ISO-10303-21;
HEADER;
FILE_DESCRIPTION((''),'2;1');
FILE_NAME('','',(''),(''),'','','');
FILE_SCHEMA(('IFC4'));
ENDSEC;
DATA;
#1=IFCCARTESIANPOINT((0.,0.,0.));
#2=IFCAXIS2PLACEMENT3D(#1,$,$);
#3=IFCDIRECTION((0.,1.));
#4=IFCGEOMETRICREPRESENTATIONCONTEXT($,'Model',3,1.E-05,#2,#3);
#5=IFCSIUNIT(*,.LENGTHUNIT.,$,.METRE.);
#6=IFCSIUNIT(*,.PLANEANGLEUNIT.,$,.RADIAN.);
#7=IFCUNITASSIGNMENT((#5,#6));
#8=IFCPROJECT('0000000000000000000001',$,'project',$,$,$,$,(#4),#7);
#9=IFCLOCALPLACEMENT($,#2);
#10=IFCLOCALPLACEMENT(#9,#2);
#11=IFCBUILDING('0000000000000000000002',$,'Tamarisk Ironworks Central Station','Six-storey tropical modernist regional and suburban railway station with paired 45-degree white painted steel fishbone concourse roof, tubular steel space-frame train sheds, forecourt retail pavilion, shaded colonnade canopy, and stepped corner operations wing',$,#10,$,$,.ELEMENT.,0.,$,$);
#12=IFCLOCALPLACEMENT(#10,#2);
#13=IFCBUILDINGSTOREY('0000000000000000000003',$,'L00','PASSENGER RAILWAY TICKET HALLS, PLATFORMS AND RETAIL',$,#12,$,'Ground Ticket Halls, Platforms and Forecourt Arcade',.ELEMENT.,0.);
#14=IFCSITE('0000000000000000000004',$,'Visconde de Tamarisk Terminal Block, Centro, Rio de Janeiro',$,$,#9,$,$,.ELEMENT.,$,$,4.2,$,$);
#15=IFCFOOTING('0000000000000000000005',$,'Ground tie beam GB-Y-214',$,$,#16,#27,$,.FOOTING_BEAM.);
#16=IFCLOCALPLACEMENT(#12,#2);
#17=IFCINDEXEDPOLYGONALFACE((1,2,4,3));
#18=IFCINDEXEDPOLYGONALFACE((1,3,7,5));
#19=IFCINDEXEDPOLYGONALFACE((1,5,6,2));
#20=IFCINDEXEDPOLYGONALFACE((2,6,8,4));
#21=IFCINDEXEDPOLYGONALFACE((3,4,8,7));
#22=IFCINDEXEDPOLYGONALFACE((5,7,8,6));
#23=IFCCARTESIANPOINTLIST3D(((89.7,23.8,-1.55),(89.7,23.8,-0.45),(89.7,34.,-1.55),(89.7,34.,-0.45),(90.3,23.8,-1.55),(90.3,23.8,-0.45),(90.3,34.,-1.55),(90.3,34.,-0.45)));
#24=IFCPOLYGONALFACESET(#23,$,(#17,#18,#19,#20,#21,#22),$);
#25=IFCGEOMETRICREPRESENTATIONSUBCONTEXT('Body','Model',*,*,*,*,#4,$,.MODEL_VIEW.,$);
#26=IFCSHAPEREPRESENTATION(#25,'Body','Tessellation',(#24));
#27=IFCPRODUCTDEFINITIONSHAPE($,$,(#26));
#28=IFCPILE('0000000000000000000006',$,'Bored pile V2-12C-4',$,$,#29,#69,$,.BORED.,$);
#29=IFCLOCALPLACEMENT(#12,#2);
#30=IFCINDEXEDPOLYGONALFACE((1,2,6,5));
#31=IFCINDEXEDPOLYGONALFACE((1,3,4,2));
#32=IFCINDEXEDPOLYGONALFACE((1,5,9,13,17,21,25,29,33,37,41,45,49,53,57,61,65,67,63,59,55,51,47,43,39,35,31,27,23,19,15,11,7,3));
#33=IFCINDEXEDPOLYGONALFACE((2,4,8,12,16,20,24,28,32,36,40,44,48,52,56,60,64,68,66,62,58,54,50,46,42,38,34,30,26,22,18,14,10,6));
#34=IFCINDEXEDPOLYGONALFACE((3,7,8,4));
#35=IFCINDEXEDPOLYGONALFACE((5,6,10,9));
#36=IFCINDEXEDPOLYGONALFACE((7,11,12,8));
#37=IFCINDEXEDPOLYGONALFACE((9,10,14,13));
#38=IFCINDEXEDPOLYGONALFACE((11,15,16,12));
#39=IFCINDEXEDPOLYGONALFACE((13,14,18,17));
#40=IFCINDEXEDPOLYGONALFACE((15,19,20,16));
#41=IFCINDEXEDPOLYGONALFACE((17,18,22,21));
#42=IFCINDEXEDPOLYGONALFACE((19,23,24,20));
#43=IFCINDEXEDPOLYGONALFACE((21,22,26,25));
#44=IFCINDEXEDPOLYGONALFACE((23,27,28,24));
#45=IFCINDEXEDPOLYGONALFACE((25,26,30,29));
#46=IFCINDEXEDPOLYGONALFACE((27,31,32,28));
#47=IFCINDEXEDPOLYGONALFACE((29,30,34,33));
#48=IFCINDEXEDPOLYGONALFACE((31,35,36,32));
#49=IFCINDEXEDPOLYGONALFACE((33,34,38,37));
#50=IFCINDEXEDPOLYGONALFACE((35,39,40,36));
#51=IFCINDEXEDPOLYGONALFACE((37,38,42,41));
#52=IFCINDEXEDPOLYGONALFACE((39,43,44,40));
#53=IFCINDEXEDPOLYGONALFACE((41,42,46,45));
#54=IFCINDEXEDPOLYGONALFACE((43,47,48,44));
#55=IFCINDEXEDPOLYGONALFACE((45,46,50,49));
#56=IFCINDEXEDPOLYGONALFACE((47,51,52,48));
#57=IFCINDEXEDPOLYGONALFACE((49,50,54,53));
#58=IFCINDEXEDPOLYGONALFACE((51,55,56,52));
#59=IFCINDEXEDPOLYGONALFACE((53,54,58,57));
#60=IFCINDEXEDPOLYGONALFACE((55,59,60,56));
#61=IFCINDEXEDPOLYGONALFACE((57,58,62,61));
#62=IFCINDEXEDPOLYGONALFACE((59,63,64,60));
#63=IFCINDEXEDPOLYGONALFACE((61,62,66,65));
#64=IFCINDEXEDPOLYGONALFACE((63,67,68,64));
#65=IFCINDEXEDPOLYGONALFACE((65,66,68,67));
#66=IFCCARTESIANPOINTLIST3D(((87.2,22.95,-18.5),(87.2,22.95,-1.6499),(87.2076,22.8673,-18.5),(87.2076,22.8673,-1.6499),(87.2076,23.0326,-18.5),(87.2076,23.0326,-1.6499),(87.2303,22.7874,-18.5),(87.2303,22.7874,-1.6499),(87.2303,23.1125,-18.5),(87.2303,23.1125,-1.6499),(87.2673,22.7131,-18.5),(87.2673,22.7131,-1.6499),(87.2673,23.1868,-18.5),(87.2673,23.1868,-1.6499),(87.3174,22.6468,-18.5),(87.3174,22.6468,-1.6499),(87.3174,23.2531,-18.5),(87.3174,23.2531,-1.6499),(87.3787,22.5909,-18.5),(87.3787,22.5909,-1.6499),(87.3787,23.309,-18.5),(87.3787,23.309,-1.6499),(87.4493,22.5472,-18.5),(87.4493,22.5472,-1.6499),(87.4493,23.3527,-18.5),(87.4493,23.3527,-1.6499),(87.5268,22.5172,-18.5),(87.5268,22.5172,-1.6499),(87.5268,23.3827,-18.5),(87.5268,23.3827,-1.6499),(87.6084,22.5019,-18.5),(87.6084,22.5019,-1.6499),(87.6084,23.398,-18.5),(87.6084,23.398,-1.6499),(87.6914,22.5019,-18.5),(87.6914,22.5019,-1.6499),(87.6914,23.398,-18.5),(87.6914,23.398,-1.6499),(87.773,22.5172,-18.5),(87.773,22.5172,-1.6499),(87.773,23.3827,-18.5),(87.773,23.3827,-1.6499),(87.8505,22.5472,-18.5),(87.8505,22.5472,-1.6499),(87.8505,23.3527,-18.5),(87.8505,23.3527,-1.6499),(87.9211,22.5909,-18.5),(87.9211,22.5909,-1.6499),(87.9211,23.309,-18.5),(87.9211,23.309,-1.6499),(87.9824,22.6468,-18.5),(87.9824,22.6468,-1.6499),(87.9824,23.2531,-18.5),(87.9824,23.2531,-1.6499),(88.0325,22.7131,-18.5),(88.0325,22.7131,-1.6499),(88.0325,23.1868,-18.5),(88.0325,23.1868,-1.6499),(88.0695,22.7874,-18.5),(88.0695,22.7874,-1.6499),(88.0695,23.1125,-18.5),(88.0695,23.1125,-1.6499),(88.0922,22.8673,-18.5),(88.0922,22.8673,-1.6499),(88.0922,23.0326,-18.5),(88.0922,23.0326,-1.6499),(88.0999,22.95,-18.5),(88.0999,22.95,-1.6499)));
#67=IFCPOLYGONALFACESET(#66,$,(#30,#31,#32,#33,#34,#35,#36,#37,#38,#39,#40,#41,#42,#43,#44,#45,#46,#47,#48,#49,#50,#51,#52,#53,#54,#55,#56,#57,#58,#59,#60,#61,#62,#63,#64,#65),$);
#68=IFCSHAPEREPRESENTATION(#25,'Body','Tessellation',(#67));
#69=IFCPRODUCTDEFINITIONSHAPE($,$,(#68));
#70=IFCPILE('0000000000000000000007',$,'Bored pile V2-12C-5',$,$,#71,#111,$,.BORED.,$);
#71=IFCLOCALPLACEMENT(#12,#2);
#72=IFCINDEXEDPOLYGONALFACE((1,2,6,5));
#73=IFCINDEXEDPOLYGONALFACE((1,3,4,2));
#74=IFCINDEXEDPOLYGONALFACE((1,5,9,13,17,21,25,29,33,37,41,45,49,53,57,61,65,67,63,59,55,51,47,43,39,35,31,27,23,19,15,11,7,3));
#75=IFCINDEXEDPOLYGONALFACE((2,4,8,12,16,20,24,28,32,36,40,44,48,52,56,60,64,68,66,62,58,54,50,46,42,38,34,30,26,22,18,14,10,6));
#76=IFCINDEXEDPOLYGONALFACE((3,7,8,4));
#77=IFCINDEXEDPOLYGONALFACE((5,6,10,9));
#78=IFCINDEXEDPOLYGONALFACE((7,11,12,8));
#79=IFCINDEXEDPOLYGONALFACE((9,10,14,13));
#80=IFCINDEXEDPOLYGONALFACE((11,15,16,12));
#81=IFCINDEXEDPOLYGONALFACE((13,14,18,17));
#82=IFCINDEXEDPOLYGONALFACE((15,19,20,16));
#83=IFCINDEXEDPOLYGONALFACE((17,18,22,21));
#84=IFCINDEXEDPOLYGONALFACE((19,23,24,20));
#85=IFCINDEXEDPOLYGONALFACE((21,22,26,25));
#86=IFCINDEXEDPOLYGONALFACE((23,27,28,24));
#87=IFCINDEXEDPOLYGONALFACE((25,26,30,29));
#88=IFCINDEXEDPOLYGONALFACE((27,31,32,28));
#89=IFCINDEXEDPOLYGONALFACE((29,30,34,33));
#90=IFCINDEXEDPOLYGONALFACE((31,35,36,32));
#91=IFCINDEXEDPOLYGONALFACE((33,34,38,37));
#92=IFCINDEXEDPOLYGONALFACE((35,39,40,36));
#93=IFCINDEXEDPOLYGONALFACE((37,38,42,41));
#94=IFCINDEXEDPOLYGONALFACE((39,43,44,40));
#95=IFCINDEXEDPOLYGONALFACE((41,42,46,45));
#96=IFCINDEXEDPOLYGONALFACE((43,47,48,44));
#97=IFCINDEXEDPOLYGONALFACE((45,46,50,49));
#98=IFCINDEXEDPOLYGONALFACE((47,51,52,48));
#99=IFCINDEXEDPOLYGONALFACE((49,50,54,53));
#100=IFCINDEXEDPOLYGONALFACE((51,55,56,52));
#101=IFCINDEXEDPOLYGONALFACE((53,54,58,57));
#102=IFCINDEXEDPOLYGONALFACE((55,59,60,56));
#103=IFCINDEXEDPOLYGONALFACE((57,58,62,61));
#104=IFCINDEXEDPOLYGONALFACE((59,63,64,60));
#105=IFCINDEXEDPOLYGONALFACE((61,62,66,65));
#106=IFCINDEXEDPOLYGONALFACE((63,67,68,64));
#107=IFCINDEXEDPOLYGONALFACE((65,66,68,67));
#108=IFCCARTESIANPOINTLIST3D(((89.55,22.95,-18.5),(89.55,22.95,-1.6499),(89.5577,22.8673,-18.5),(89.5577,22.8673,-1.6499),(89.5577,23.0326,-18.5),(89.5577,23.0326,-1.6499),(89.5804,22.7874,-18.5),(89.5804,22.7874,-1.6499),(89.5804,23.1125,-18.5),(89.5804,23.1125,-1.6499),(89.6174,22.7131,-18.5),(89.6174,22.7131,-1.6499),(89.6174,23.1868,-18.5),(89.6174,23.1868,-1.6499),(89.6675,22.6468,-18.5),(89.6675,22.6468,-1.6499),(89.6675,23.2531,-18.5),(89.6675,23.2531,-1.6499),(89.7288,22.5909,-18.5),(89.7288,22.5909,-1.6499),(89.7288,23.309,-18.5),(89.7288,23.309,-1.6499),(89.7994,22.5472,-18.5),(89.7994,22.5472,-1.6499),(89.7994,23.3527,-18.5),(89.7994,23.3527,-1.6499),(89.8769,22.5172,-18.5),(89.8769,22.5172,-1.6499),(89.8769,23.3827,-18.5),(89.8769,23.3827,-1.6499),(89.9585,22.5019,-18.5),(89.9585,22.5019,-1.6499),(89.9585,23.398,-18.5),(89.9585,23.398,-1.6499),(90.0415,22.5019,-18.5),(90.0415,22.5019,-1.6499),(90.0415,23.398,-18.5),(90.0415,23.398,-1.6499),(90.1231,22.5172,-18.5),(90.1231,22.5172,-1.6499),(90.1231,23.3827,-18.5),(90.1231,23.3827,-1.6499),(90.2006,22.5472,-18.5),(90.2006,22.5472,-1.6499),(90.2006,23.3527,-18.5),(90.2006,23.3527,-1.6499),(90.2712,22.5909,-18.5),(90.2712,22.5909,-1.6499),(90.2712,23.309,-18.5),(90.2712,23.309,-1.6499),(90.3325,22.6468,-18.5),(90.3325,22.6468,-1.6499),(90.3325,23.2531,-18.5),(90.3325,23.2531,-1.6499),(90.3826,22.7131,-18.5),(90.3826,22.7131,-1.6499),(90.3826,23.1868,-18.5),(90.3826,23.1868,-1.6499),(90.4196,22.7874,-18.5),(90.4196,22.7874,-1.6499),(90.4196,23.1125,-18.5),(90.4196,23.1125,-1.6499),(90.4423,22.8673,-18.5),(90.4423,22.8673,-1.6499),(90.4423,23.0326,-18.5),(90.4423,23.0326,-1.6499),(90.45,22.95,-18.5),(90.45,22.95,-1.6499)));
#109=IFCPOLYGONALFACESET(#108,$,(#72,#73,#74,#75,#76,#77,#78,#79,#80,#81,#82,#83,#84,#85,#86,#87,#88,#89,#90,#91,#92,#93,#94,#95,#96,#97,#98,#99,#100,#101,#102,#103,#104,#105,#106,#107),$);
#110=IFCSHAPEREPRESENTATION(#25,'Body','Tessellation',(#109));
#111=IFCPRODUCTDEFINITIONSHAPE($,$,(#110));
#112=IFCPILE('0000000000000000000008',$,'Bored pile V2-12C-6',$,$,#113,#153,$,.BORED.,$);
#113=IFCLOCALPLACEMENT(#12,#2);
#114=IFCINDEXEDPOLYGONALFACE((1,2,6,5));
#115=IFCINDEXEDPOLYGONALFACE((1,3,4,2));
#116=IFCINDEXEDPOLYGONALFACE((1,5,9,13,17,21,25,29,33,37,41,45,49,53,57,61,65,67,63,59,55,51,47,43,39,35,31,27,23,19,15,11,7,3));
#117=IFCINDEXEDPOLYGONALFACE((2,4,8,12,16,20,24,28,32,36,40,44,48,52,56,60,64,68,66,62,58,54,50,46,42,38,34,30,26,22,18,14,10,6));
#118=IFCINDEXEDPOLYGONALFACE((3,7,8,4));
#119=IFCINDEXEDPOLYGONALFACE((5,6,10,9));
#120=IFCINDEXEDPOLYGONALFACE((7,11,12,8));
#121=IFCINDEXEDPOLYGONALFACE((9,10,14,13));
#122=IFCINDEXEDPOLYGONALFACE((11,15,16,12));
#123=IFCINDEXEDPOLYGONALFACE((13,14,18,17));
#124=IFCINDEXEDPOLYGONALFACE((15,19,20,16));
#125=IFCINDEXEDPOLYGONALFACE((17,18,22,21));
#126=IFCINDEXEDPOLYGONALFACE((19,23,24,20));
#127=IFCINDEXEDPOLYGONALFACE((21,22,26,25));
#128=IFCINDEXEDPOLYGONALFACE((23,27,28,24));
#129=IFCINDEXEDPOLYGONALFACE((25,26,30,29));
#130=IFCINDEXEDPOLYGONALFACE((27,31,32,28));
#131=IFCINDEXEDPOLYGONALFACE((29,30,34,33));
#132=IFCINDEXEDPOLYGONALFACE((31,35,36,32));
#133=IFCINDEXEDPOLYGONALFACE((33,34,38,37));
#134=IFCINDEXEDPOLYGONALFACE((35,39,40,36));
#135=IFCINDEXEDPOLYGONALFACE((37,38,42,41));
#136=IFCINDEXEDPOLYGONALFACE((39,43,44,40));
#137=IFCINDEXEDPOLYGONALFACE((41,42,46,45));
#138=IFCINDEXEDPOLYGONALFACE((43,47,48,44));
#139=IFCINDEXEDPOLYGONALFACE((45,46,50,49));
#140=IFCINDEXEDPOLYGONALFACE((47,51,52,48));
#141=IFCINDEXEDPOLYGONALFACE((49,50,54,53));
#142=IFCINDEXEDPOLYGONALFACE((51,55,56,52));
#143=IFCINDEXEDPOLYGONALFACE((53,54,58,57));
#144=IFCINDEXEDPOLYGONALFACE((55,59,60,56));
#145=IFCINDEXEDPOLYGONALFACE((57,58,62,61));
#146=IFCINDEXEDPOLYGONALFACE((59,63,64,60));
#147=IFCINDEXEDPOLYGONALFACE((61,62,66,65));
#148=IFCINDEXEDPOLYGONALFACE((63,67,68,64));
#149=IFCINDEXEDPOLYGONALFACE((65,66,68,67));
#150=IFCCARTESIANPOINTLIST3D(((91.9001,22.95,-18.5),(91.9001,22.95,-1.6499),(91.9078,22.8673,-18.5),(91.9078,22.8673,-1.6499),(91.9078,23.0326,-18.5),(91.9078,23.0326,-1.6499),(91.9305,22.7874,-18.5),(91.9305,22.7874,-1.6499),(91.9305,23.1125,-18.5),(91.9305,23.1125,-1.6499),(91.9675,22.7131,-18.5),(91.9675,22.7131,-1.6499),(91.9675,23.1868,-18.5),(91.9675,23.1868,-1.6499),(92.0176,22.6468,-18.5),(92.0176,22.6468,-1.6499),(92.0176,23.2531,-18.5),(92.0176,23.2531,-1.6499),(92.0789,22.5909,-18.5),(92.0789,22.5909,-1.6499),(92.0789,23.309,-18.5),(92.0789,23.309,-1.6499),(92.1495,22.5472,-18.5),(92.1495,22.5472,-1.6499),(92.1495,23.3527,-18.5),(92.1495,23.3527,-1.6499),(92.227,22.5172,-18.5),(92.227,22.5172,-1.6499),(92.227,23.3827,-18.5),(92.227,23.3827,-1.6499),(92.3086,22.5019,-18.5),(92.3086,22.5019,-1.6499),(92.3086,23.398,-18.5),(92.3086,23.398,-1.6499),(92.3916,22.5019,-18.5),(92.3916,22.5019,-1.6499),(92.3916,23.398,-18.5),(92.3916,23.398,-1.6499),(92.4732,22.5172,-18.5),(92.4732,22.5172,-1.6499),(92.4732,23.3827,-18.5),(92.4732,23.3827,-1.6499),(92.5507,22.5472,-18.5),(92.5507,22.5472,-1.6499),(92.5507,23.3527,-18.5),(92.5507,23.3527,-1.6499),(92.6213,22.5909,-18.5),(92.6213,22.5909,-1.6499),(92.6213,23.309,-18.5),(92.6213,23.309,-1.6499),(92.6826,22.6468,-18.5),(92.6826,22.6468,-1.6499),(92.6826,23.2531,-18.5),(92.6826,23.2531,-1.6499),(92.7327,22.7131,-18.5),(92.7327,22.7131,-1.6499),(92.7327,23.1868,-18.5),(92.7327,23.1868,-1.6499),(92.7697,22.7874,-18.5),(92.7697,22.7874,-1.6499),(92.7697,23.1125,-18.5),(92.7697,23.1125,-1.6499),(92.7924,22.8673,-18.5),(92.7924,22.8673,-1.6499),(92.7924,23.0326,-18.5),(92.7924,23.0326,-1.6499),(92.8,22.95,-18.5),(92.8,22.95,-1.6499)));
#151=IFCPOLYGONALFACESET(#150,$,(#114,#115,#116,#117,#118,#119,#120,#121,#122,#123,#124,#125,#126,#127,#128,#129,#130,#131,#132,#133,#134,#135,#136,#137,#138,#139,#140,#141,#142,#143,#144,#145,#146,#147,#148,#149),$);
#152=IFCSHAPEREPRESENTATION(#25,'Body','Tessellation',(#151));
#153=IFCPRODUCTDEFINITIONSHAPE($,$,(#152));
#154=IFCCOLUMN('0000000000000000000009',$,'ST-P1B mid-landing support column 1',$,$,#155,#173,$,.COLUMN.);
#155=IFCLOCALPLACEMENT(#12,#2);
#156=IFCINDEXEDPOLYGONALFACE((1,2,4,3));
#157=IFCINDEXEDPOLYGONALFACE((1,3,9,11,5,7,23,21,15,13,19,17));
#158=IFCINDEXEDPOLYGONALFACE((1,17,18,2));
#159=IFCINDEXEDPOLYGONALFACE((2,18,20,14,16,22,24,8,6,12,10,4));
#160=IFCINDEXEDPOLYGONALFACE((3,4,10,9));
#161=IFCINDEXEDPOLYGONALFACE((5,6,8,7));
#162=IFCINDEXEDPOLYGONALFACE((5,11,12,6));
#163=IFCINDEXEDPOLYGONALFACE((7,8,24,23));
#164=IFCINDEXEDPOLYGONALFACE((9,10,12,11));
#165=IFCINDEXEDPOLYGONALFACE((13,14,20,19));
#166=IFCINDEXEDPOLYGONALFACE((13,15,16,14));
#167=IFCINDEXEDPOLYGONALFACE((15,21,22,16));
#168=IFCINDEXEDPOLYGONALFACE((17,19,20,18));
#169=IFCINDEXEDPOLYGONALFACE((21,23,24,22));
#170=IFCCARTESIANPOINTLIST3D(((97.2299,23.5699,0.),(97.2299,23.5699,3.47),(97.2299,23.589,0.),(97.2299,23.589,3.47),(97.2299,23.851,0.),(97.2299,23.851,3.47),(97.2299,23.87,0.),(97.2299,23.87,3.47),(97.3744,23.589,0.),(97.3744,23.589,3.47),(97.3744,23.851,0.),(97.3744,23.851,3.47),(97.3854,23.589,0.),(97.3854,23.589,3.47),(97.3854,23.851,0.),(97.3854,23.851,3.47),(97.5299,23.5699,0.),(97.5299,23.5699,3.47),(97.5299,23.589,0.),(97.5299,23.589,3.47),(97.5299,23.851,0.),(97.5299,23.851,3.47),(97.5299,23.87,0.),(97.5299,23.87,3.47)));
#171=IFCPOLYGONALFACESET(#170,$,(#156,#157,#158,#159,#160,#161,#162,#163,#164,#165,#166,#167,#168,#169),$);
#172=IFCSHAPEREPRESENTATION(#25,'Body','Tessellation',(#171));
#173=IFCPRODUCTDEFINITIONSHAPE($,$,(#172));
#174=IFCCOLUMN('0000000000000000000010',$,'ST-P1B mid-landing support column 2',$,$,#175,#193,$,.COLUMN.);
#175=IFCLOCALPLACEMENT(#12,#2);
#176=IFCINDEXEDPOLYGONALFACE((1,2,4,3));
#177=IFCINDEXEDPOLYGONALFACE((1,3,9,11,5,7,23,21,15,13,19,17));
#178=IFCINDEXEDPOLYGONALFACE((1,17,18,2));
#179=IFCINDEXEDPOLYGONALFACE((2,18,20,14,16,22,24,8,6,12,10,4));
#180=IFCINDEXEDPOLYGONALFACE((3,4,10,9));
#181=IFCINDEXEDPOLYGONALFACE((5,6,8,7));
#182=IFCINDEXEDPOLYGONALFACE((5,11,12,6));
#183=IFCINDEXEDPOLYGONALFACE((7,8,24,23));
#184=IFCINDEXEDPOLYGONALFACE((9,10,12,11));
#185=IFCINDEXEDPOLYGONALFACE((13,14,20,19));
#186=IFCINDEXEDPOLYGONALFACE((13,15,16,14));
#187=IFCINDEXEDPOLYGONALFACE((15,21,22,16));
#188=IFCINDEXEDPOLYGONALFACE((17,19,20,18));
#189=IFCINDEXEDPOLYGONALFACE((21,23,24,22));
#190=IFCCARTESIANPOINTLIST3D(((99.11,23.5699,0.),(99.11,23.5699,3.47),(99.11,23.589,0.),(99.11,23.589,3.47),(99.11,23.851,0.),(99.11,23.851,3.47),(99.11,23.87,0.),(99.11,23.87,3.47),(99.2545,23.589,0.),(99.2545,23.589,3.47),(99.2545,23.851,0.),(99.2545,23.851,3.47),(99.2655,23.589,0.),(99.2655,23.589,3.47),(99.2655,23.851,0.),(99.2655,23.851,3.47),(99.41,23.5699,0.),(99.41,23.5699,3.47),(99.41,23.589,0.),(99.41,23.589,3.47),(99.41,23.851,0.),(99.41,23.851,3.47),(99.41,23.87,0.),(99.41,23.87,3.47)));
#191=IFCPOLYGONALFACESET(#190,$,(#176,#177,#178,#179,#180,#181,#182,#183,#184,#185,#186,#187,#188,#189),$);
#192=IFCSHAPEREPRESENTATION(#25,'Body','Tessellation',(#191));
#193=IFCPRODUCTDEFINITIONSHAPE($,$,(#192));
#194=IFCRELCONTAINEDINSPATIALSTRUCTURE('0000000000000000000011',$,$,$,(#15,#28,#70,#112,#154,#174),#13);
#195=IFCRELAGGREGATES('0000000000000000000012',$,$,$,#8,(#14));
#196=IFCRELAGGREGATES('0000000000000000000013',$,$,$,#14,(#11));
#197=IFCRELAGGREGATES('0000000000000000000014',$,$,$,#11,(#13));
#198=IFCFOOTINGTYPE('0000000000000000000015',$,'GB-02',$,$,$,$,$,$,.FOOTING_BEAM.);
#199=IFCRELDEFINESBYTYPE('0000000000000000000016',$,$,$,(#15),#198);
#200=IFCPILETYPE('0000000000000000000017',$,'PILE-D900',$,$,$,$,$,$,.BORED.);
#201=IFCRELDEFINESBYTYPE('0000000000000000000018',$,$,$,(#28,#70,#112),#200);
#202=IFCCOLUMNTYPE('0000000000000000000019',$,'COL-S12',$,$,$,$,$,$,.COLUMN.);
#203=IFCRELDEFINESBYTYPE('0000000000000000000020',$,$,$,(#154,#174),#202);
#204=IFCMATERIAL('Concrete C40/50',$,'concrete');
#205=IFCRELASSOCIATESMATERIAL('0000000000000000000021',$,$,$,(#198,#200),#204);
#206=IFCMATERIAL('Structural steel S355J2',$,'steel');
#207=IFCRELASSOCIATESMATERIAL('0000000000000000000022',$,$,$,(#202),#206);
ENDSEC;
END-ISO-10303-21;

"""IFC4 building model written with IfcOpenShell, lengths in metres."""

from ifc_helpers import new_model, si_unit, direction, frame, origin, origin_2d, place, context, subcontext, project, spatial, rectangle, circle, i_section, extrude, material, material_profile, profile_set, type_object, element, save


model = new_model("IFC4")

# Units and contexts
model_context = context("Model", 3, precision=1e-05, world=origin(), true_north=direction((0.0, 1.0)))
body_context = subcontext(model_context, "Body", "Model", "MODEL_VIEW")
ifc_project = project(units=[si_unit("LENGTHUNIT", "METRE"), si_unit("PLANEANGLEUNIT", "RADIAN")], contexts=[model_context])

# Site, building, storey
site_placement = place(None, origin())
site = spatial("IfcSite", under=ifc_project, at=site_placement, Name="Visconde de Tamarisk Terminal Block, Centro, Rio de Janeiro", CompositionType="ELEMENT", RefElevation=4.2)
building_placement = place(site_placement, origin())
building = spatial("IfcBuilding", under=site, at=building_placement, Name="Tamarisk Ironworks Central Station", Description="Six-storey tropical modernist regional and suburban railway station with paired 45-degree white painted steel fishbone concourse roof, tubular steel space-frame train sheds, forecourt retail pavilion, shaded colonnade canopy, and stepped corner operations wing", CompositionType="ELEMENT", ElevationOfRefHeight=0.0)
storey_placement = place(building_placement, origin())
storey = spatial("IfcBuildingStorey", under=building, at=storey_placement, Name="L00", Description="PASSENGER RAILWAY TICKET HALLS, PLATFORMS AND RETAIL", LongName="Ground Ticket Halls, Platforms and Forecourt Arcade", CompositionType="ELEMENT", Elevation=0.0)

# Footing
ifc_material_1 = material(Name="Concrete C40/50", Category="concrete")
ifc_material_profile_1 = material_profile(ifc_material_1, rectangle(XDim=0.6001, YDim=1.1001, at=origin_2d()), Name="GB02 600x1100")
ifc_profile_set_1 = profile_set([ifc_material_profile_1], Name="Concrete C40/50")
footing_type = type_object("IfcFootingType", Name="GB-02", PredefinedType="FOOTING_BEAM", material=ifc_profile_set_1)
footing_placement = place(storey_placement, frame((90.0, 23.8, -1.0), z_axis=(0.0, 1.0, 0.0), x_axis=(-1.0, 0.0, 0.0)))
element("IfcFooting", 1, at=footing_placement, inside=storey, type_object=footing_type, Name="Ground tie beam GB-Y-214", PredefinedType="FOOTING_BEAM", context=body_context, shape_type="SweptSolid", body=[
    extrude(rectangle(XDim=0.6001, YDim=1.1001, at=origin_2d()), origin(), (0.0, 0.0, 1.0), 10.2),
])

# Piles
ifc_material_profile_2 = material_profile(ifc_material_1, circle(Radius=0.45, at=origin_2d()), Name="BORED PILE D900")
ifc_profile_set_2 = profile_set([ifc_material_profile_2], Name="Concrete C40/50")
pile_type = type_object("IfcPileType", Name="PILE-D900", PredefinedType="BORED", material=ifc_profile_set_2)
for number, where, z_axis, x_axis, name in (
    (2, (87.6499, 22.95, -1.6499), (0.0, 0.0, -1.0), (1.0, 0.0, 0.0), "Bored pile V2-12C-4"),
    (3, (90.0, 22.95, -1.6499), (0.0, 0.0, -1.0), (1.0, 0.0, 0.0), "Bored pile V2-12C-5"),
    (4, (92.3501, 22.95, -1.6499), (0.0, 0.0, -1.0), (1.0, 0.0, 0.0), "Bored pile V2-12C-6"),
):
    element("IfcPile", number, at=place(storey_placement, frame(where, z_axis=z_axis, x_axis=x_axis)), inside=storey, type_object=pile_type, Name=name, PredefinedType="BORED", context=body_context, shape_type="SweptSolid", body=[
        extrude(circle(Radius=0.45, at=origin_2d()), origin(), (0.0, 0.0, 1.0), 16.8501),
    ])

# Columns
ifc_material_2 = material(Name="Structural steel S355J2", Category="steel")
ifc_material_profile_3 = material_profile(ifc_material_2, i_section(OverallWidth=0.3, OverallDepth=0.3, WebThickness=0.011, FlangeThickness=0.019, at=origin_2d()), Name="HEB 300")
ifc_profile_set_3 = profile_set([ifc_material_profile_3], Name="Structural steel S355J2")
column_type = type_object("IfcColumnType", Name="COL-S12", PredefinedType="COLUMN", material=ifc_profile_set_3)
for number, where, z_axis, x_axis, name in (
    (5, (97.3799, 23.72, 0.0), (0.0, 0.0, 1.0), (1.0, 0.0, 0.0), "ST-P1B mid-landing support column 1"),
    (6, (99.26, 23.72, 0.0), (0.0, 0.0, 1.0), (1.0, 0.0, 0.0), "ST-P1B mid-landing support column 2"),
):
    element("IfcColumn", number, at=place(storey_placement, frame(where, z_axis=z_axis, x_axis=x_axis)), inside=storey, type_object=column_type, Name=name, PredefinedType="COLUMN", context=body_context, shape_type="SweptSolid", body=[
        extrude(i_section(OverallWidth=0.3, OverallDepth=0.3, WebThickness=0.011, FlangeThickness=0.019, at=origin_2d()), origin(), (0.0, 0.0, 1.0), 3.47),
    ])

save(model, "model.ifc")
